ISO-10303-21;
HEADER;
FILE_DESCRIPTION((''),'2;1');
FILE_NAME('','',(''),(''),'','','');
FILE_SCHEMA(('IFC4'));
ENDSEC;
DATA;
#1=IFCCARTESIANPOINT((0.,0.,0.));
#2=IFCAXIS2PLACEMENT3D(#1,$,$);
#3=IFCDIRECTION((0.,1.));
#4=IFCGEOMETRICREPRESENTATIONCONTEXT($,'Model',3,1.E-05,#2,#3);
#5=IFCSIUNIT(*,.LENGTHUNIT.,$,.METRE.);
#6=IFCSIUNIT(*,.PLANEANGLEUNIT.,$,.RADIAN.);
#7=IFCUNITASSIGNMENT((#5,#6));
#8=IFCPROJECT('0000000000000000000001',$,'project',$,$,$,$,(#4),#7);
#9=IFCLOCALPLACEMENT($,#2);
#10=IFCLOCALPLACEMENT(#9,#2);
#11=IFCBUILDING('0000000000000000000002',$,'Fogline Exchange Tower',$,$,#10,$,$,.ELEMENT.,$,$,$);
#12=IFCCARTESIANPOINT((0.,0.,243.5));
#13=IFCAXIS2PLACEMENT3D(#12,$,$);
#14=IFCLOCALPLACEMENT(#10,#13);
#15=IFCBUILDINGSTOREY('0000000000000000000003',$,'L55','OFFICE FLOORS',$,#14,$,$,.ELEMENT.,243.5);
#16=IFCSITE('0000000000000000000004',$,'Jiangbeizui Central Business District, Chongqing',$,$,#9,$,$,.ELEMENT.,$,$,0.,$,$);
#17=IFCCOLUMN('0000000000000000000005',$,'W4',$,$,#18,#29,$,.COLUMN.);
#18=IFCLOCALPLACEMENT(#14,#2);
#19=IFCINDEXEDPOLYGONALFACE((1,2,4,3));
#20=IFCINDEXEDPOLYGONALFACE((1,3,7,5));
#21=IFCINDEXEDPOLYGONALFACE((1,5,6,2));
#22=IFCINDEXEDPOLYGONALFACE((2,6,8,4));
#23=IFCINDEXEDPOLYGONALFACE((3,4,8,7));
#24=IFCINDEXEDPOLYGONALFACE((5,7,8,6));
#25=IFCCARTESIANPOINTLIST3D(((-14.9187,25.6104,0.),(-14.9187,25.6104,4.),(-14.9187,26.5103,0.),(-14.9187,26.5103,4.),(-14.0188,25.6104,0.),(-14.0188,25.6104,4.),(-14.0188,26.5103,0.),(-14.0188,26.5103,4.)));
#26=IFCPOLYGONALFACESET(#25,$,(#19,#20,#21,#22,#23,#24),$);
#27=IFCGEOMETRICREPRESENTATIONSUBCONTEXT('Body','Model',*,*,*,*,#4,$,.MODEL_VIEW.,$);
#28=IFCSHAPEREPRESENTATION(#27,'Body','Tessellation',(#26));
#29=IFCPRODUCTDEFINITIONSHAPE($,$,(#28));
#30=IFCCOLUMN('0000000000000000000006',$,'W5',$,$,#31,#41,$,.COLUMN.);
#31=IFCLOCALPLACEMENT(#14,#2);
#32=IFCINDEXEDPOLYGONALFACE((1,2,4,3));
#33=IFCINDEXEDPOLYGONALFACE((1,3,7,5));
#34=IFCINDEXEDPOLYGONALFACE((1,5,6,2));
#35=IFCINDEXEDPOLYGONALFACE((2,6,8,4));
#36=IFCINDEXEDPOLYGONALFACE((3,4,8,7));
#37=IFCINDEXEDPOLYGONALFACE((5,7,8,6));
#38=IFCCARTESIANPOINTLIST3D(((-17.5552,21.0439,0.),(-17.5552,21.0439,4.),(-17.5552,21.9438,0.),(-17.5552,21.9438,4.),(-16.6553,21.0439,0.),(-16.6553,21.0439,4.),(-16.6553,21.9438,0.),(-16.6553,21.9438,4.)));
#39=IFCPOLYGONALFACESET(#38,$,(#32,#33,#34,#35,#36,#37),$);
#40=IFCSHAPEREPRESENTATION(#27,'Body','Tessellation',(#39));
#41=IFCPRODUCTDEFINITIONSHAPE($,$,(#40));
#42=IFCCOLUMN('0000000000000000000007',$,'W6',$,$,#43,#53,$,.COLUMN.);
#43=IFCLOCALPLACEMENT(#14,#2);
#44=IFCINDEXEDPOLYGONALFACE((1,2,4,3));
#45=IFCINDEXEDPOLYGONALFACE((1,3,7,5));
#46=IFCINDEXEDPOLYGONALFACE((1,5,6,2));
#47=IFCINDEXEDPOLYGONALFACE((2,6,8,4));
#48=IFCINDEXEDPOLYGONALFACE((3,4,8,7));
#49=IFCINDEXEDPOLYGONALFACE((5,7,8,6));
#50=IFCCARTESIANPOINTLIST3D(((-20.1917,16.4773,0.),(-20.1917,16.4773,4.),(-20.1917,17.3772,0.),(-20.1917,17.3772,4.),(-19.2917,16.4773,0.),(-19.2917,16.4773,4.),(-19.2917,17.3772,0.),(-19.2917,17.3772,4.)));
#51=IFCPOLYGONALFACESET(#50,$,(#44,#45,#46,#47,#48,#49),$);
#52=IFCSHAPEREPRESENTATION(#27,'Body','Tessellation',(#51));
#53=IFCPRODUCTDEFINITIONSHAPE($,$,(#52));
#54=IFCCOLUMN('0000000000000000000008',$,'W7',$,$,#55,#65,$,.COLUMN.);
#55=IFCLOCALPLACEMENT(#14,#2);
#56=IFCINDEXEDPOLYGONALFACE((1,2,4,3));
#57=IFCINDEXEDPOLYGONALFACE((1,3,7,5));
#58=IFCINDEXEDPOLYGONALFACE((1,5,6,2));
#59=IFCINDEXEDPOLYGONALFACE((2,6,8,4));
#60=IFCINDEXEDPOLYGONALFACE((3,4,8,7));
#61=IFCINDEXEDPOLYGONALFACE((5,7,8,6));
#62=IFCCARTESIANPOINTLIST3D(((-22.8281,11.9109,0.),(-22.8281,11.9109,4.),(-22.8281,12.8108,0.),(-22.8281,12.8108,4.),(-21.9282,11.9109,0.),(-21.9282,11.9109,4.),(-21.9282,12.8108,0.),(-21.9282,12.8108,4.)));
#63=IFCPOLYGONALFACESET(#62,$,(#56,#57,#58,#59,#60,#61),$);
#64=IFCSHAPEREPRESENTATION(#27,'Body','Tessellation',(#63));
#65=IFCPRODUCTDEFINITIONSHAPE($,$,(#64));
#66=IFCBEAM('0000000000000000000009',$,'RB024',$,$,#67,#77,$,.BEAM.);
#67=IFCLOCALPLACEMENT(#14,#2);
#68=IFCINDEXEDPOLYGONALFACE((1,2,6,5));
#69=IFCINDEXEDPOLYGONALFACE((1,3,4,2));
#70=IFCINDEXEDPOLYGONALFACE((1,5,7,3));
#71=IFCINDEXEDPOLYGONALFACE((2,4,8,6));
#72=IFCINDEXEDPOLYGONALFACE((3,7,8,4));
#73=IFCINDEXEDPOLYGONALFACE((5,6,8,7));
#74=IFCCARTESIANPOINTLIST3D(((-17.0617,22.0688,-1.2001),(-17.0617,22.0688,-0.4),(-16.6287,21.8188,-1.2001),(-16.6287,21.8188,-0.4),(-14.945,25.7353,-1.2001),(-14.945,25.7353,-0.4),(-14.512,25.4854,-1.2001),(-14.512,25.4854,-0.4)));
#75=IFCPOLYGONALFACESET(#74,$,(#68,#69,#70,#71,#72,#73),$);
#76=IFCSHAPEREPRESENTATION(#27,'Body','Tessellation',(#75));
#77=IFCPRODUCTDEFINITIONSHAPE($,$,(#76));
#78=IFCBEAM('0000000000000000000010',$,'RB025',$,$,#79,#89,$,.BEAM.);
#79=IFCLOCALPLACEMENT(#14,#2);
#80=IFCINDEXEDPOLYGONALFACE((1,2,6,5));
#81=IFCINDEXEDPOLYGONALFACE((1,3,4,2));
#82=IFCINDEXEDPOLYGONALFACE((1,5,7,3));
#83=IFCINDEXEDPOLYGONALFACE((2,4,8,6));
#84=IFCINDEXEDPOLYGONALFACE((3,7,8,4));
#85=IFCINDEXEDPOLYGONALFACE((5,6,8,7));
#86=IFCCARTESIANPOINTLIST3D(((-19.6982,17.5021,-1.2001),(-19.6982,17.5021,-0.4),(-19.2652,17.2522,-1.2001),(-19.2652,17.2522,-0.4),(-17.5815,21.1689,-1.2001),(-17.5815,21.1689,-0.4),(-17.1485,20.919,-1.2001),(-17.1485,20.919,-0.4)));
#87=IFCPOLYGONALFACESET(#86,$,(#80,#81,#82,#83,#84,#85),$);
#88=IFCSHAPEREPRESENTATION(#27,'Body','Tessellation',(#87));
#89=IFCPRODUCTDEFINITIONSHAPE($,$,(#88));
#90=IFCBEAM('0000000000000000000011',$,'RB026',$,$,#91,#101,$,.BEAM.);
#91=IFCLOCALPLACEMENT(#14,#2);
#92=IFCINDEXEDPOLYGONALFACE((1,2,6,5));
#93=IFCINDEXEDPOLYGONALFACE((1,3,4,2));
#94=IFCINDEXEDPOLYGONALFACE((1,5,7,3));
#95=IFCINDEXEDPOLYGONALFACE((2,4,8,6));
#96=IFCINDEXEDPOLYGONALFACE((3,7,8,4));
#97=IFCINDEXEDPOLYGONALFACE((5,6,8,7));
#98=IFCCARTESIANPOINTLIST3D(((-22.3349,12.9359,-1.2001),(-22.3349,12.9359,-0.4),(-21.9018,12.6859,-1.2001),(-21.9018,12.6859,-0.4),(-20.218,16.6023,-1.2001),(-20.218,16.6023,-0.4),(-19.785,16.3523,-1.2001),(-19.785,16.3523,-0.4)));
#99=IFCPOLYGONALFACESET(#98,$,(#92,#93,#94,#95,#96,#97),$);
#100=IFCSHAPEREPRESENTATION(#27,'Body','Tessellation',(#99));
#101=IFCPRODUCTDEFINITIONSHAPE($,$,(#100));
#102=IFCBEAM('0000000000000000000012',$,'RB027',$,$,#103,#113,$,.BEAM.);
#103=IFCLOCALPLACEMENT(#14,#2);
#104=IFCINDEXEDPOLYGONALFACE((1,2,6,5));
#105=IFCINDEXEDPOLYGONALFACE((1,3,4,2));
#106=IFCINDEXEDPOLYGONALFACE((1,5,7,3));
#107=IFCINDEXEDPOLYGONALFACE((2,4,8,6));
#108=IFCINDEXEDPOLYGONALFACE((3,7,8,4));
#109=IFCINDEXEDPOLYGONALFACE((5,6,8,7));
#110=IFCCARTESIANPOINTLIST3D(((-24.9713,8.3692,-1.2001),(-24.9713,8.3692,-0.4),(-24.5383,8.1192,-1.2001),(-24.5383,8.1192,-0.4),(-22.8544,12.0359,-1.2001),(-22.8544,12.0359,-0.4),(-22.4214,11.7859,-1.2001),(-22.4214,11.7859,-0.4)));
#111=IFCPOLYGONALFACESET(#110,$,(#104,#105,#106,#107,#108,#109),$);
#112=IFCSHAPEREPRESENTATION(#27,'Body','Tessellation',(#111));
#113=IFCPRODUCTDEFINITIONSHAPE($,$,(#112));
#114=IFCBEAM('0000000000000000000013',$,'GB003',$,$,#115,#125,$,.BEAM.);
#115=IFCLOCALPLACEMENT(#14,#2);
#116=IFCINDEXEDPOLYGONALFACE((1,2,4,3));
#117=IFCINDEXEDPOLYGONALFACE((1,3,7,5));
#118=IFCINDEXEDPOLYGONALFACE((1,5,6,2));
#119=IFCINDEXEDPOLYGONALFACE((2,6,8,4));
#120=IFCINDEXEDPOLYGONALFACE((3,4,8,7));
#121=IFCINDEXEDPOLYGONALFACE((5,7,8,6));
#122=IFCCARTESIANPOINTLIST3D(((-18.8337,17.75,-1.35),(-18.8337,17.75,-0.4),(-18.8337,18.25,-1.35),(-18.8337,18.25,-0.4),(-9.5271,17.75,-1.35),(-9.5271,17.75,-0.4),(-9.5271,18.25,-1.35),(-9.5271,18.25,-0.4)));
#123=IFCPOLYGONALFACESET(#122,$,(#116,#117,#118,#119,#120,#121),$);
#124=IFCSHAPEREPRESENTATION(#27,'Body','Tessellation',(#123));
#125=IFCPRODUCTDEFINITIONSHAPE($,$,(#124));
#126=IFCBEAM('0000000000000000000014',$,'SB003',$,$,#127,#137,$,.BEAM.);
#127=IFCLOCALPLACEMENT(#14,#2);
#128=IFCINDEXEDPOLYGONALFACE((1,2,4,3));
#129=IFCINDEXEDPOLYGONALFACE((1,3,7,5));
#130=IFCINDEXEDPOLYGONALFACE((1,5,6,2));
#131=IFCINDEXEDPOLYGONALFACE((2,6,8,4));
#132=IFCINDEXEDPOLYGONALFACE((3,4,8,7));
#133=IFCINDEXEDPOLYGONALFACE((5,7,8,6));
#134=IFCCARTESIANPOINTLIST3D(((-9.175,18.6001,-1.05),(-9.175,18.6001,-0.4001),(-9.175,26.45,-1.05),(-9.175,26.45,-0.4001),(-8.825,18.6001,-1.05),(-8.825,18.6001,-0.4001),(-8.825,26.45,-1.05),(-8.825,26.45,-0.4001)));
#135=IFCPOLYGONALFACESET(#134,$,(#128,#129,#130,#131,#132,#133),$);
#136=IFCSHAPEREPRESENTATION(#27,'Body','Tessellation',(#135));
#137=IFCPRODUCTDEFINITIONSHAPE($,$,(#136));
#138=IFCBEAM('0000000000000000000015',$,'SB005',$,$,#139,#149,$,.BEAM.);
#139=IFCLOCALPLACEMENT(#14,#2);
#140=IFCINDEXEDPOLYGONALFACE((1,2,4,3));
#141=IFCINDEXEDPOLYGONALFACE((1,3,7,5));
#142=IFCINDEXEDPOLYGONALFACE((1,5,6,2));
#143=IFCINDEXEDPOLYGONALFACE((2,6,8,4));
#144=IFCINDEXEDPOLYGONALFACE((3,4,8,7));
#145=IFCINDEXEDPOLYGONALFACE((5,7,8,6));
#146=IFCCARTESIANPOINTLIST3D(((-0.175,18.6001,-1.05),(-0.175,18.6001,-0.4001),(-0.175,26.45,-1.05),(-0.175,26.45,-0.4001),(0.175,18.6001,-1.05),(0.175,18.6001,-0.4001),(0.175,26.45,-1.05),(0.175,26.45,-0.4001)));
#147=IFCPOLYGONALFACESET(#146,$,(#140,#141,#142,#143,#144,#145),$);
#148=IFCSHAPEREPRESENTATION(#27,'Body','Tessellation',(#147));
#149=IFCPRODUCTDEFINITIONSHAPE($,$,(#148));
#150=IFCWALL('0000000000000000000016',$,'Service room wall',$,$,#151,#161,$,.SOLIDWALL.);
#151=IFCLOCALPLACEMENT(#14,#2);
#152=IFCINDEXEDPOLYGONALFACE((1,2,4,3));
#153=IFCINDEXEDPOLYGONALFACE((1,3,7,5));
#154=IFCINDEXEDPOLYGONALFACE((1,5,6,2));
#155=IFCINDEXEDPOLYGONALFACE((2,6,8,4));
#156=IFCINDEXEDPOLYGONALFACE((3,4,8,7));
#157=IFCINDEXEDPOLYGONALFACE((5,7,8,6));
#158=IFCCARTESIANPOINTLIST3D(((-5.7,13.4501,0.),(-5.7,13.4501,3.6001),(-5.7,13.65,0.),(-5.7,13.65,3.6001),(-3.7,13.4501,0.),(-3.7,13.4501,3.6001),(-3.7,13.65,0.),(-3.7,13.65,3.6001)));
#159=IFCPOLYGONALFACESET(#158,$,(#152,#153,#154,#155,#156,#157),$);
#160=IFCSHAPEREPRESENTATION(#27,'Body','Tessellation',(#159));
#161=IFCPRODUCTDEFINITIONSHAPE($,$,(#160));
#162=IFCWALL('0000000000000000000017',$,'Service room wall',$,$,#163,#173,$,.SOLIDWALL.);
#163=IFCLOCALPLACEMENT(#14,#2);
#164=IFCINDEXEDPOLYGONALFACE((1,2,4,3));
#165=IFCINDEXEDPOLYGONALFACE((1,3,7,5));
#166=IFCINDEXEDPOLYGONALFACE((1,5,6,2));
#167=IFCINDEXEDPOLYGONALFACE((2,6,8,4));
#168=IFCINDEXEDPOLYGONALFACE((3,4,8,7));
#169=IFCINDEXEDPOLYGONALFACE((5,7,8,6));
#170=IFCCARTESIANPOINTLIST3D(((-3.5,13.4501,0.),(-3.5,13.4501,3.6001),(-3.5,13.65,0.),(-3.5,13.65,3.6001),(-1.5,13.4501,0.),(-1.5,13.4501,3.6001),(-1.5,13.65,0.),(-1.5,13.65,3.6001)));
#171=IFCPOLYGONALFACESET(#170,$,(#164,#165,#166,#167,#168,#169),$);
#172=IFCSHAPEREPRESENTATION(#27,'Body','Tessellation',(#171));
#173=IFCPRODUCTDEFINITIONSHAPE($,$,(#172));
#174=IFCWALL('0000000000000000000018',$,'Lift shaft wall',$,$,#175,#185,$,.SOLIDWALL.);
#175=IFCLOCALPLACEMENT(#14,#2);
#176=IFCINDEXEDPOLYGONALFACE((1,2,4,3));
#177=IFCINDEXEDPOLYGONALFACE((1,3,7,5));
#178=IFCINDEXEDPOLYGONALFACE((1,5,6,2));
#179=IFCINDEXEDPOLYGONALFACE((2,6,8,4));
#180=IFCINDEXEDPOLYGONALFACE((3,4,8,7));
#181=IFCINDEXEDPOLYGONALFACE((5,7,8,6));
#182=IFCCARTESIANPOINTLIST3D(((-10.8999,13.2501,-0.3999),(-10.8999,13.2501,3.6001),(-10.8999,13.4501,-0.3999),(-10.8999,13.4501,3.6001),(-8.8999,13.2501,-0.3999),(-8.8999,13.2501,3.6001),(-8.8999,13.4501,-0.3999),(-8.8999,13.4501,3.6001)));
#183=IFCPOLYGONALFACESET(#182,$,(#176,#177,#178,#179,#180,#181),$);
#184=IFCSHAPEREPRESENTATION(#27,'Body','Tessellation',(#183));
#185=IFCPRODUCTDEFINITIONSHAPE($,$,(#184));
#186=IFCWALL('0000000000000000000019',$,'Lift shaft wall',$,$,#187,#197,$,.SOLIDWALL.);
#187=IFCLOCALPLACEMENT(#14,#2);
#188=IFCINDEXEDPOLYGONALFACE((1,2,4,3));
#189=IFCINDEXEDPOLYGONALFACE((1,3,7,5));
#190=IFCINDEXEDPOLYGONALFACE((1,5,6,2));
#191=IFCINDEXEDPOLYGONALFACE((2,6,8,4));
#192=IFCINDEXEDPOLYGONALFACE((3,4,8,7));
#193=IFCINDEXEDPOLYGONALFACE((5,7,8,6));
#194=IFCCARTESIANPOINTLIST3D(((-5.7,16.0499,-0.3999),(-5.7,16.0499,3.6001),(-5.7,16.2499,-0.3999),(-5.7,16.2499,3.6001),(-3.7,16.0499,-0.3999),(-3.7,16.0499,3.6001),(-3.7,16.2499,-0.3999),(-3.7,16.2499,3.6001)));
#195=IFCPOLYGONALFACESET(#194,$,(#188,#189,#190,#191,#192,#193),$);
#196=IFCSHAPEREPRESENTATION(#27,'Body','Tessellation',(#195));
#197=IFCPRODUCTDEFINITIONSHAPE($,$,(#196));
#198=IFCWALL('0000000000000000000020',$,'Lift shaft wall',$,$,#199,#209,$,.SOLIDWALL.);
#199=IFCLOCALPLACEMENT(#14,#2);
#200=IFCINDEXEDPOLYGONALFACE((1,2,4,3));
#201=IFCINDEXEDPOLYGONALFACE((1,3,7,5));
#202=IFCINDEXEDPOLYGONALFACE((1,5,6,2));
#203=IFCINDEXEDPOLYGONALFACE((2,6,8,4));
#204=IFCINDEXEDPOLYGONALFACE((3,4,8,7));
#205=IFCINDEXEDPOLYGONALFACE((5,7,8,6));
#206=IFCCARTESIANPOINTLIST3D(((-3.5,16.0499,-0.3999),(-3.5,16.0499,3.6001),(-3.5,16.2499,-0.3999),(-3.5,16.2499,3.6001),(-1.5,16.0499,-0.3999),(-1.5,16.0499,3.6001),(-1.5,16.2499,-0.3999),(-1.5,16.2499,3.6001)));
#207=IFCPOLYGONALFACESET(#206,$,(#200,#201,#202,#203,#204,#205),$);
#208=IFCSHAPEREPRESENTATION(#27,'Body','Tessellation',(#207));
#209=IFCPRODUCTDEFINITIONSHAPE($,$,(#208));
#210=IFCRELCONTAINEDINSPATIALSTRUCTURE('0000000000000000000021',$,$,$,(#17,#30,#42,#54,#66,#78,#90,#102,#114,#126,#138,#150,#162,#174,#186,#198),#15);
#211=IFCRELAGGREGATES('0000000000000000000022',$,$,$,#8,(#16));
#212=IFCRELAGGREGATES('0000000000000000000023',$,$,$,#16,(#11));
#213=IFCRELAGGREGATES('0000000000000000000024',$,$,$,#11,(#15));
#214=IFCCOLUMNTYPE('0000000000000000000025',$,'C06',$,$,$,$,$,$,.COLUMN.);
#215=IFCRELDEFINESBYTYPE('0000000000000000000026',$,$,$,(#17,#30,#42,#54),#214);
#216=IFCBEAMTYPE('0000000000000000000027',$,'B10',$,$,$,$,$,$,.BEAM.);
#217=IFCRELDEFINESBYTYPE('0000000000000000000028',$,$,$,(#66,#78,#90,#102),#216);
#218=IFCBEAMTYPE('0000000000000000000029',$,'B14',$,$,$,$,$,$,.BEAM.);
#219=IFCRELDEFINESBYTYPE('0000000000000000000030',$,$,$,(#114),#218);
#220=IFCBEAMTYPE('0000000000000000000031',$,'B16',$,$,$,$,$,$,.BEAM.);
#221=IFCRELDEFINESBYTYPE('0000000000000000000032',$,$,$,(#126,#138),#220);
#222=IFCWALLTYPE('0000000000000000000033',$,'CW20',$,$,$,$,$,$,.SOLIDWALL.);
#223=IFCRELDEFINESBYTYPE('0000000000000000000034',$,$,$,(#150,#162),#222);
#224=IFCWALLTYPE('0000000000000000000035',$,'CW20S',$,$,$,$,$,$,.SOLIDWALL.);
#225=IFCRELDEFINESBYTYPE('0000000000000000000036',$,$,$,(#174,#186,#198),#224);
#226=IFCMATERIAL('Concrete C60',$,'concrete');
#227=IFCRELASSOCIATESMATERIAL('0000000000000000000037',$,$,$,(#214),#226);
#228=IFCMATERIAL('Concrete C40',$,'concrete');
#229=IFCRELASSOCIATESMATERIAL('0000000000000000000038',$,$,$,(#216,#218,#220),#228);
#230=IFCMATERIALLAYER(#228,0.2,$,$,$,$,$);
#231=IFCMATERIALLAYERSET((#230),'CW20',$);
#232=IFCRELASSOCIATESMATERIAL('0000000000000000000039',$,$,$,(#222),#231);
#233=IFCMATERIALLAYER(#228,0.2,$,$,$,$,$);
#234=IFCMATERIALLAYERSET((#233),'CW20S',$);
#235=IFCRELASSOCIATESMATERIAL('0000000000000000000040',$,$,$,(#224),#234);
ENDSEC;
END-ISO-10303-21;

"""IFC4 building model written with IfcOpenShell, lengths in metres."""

from ifc_helpers import new_model, si_unit, direction, frame, frame_2d, origin, origin_2d, place, context, subcontext, project, spatial, rectangle, extrude, material, layer, layer_set, material_profile, profile_set, type_object, element, save


model = new_model("IFC4")

# Units and contexts
model_context = context("Model", 3, precision=1e-05, world=origin(), true_north=direction((0.0, 1.0)))
body_context = subcontext(model_context, "Body", "Model", "MODEL_VIEW")
ifc_project = project(units=[si_unit("LENGTHUNIT", "METRE"), si_unit("PLANEANGLEUNIT", "RADIAN")], contexts=[model_context])

# Site, building, storey
site_placement = place(None, origin())
site = spatial("IfcSite", under=ifc_project, at=site_placement, Name="Jiangbeizui Central Business District, Chongqing", CompositionType="ELEMENT", RefElevation=0.0)
building_placement = place(site_placement, origin())
building = spatial("IfcBuilding", under=site, at=building_placement, Name="Fogline Exchange Tower", CompositionType="ELEMENT")
storey_placement = place(building_placement, frame((0.0, 0.0, 243.5)))
storey = spatial("IfcBuildingStorey", under=building, at=storey_placement, Name="L55", Description="OFFICE FLOORS", CompositionType="ELEMENT", Elevation=243.5)

# Columns
ifc_material_1 = material(Name="Concrete C60", Category="concrete")
ifc_material_profile_1 = material_profile(ifc_material_1, rectangle(XDim=0.8999, YDim=0.8999, at=origin_2d()), Name="RC 900x900")
ifc_profile_set_1 = profile_set([ifc_material_profile_1], Name="Concrete C60")
column_type = type_object("IfcColumnType", Name="C06", PredefinedType="COLUMN", material=ifc_profile_set_1)
for number, where, z_axis, x_axis, name in (
    (1, (-14.4688, 26.0603, 0.0), (0.0, 0.0, 1.0), (1.0, 0.0, 0.0), "W4"),
    (2, (-17.1052, 21.4939, 0.0), (0.0, 0.0, 1.0), (1.0, 0.0, 0.0), "W5"),
    (3, (-19.7417, 16.9272, 0.0), (0.0, 0.0, 1.0), (1.0, 0.0, 0.0), "W6"),
    (4, (-22.3782, 12.3608, 0.0), (0.0, 0.0, 1.0), (1.0, 0.0, 0.0), "W7"),
):
    element("IfcColumn", number, at=place(storey_placement, frame(where, z_axis=z_axis, x_axis=x_axis)), inside=storey, type_object=column_type, Name=name, PredefinedType="COLUMN", context=body_context, shape_type="SweptSolid", body=[
        extrude(rectangle(XDim=0.8999, YDim=0.8999, at=origin_2d()), origin(), (0.0, 0.0, 1.0), 4.0),
    ])

# Beams
ifc_material_2 = material(Name="Concrete C40", Category="concrete")
ifc_material_profile_2 = material_profile(ifc_material_2, rectangle(XDim=0.5, YDim=0.8, at=origin_2d()), Name="RC 500x800")
ifc_profile_set_2 = profile_set([ifc_material_profile_2], Name="Concrete C40")
beam_type_1 = type_object("IfcBeamType", Name="B10", PredefinedType="BEAM", material=ifc_profile_set_2)
beam_1_placement = place(storey_placement, frame((-14.7285, 25.6104, -0.8), z_axis=(-0.499972, -0.866042, 0.0), x_axis=(0.866042, -0.499972, 0.0)))
element("IfcBeam", 5, at=beam_1_placement, inside=storey, type_object=beam_type_1, Name="RB024", PredefinedType="BEAM", context=body_context, shape_type="SweptSolid", body=[
    extrude(rectangle(XDim=0.5, YDim=0.8, at=origin_2d()), origin(), (0.0, 0.0, 1.0), 4.2336),
])
beam_2_placement = place(storey_placement, frame((-17.365, 21.0439, -0.8), z_axis=(-0.499947, -0.866056, 0.0), x_axis=(0.866056, -0.499947, 0.0)))
element("IfcBeam", 6, at=beam_2_placement, inside=storey, type_object=beam_type_1, Name="RB025", PredefinedType="BEAM", context=body_context, shape_type="SweptSolid", body=[
    extrude(rectangle(XDim=0.5, YDim=0.8, at=origin_2d()), origin(), (0.0, 0.0, 1.0), 4.2339),
])
beam_3_placement = place(storey_placement, frame((-20.0015, 16.4773, -0.8), z_axis=(-0.500015, -0.866017, 0.0), x_axis=(0.866017, -0.500015, 0.0)))
element("IfcBeam", 7, at=beam_3_placement, inside=storey, type_object=beam_type_1, Name="RB026", PredefinedType="BEAM", context=body_context, shape_type="SweptSolid", body=[
    extrude(rectangle(XDim=0.5, YDim=0.8, at=origin_2d()), origin(), (0.0, 0.0, 1.0), 4.2336),
])
beam_4_placement = place(storey_placement, frame((-22.6379, 11.9109, -0.8), z_axis=(-0.49999, -0.866031, 0.0), x_axis=(0.866031, -0.49999, 0.0)))
element("IfcBeam", 8, at=beam_4_placement, inside=storey, type_object=beam_type_1, Name="RB027", PredefinedType="BEAM", context=body_context, shape_type="SweptSolid", body=[
    extrude(rectangle(XDim=0.5, YDim=0.8, at=origin_2d()), origin(), (0.0, 0.0, 1.0), 4.2339),
])
ifc_material_profile_3 = material_profile(ifc_material_2, rectangle(XDim=0.5, YDim=0.95, at=origin_2d()), Name="RC 500x950")
ifc_profile_set_3 = profile_set([ifc_material_profile_3], Name="Concrete C40")
beam_type_2 = type_object("IfcBeamType", Name="B14", PredefinedType="BEAM", material=ifc_profile_set_3)
beam_5_placement = place(storey_placement, frame((-18.8337, 18.0, -0.875), z_axis=(1.0, 0.0, 0.0), x_axis=(0.0, 1.0, 0.0)))
element("IfcBeam", 9, at=beam_5_placement, inside=storey, type_object=beam_type_2, Name="GB003", PredefinedType="BEAM", context=body_context, shape_type="SweptSolid", body=[
    extrude(rectangle(XDim=0.5, YDim=0.95, at=origin_2d()), origin(), (0.0, 0.0, 1.0), 9.3066),
])
ifc_material_profile_4 = material_profile(ifc_material_2, rectangle(XDim=0.3501, YDim=0.6499, at=origin_2d()), Name="RC 350x650")
ifc_profile_set_4 = profile_set([ifc_material_profile_4], Name="Concrete C40")
beam_type_3 = type_object("IfcBeamType", Name="B16", PredefinedType="BEAM", material=ifc_profile_set_4)
for number, where, z_axis, x_axis, name in (
    (10, (-9.0, 18.6001, -0.7251), (0.0, 1.0, 0.0), (-1.0, 0.0, 0.0), "SB003"),
    (11, (0.0, 18.6001, -0.7251), (0.0, 1.0, 0.0), (-1.0, 0.0, 0.0), "SB005"),
):
    element("IfcBeam", number, at=place(storey_placement, frame(where, z_axis=z_axis, x_axis=x_axis)), inside=storey, type_object=beam_type_3, Name=name, PredefinedType="BEAM", context=body_context, shape_type="SweptSolid", body=[
        extrude(rectangle(XDim=0.3501, YDim=0.6499, at=origin_2d()), origin(), (0.0, 0.0, 1.0), 7.8499),
    ])

# Walls
ifc_layer_1 = layer(ifc_material_2, 0.2)
ifc_layer_set_1 = layer_set([ifc_layer_1], Name="CW20")
wall_type_1 = type_object("IfcWallType", Name="CW20", PredefinedType="SOLIDWALL", material=ifc_layer_set_1)
for number, where, z_axis, x_axis, name in (
    (12, (-5.7, 13.55, 0.0), (0.0, 0.0, 1.0), (1.0, 0.0, 0.0), "Service room wall"),
    (13, (-3.5, 13.55, 0.0), (0.0, 0.0, 1.0), (1.0, 0.0, 0.0), "Service room wall"),
):
    element("IfcWall", number, at=place(storey_placement, frame(where, z_axis=z_axis, x_axis=x_axis)), inside=storey, type_object=wall_type_1, Name=name, PredefinedType="SOLIDWALL", context=body_context, shape_type="SweptSolid", body=[
        extrude(rectangle(XDim=2.0, YDim=0.2, at=frame_2d((1.0, 0.0))), origin(), (0.0, 0.0, 1.0), 3.6001),
    ])
ifc_layer_2 = layer(ifc_material_2, 0.2)
ifc_layer_set_2 = layer_set([ifc_layer_2], Name="CW20S")
wall_type_2 = type_object("IfcWallType", Name="CW20S", PredefinedType="SOLIDWALL", material=ifc_layer_set_2)
for number, where, z_axis, x_axis, name in (
    (14, (-10.8999, 13.3501, -0.3999), (0.0, 0.0, 1.0), (1.0, 0.0, 0.0), "Lift shaft wall"),
    (15, (-5.7, 16.1499, -0.3999), (0.0, 0.0, 1.0), (1.0, 0.0, 0.0), "Lift shaft wall"),
    (16, (-3.5, 16.1499, -0.3999), (0.0, 0.0, 1.0), (1.0, 0.0, 0.0), "Lift shaft wall"),
):
    element("IfcWall", number, at=place(storey_placement, frame(where, z_axis=z_axis, x_axis=x_axis)), inside=storey, type_object=wall_type_2, Name=name, PredefinedType="SOLIDWALL", context=body_context, shape_type="SweptSolid", body=[
        extrude(rectangle(XDim=2.0, YDim=0.2, at=frame_2d((1.0, 0.0))), origin(), (0.0, 0.0, 1.0), 4.0),
    ])

save(model, "model.ifc")
